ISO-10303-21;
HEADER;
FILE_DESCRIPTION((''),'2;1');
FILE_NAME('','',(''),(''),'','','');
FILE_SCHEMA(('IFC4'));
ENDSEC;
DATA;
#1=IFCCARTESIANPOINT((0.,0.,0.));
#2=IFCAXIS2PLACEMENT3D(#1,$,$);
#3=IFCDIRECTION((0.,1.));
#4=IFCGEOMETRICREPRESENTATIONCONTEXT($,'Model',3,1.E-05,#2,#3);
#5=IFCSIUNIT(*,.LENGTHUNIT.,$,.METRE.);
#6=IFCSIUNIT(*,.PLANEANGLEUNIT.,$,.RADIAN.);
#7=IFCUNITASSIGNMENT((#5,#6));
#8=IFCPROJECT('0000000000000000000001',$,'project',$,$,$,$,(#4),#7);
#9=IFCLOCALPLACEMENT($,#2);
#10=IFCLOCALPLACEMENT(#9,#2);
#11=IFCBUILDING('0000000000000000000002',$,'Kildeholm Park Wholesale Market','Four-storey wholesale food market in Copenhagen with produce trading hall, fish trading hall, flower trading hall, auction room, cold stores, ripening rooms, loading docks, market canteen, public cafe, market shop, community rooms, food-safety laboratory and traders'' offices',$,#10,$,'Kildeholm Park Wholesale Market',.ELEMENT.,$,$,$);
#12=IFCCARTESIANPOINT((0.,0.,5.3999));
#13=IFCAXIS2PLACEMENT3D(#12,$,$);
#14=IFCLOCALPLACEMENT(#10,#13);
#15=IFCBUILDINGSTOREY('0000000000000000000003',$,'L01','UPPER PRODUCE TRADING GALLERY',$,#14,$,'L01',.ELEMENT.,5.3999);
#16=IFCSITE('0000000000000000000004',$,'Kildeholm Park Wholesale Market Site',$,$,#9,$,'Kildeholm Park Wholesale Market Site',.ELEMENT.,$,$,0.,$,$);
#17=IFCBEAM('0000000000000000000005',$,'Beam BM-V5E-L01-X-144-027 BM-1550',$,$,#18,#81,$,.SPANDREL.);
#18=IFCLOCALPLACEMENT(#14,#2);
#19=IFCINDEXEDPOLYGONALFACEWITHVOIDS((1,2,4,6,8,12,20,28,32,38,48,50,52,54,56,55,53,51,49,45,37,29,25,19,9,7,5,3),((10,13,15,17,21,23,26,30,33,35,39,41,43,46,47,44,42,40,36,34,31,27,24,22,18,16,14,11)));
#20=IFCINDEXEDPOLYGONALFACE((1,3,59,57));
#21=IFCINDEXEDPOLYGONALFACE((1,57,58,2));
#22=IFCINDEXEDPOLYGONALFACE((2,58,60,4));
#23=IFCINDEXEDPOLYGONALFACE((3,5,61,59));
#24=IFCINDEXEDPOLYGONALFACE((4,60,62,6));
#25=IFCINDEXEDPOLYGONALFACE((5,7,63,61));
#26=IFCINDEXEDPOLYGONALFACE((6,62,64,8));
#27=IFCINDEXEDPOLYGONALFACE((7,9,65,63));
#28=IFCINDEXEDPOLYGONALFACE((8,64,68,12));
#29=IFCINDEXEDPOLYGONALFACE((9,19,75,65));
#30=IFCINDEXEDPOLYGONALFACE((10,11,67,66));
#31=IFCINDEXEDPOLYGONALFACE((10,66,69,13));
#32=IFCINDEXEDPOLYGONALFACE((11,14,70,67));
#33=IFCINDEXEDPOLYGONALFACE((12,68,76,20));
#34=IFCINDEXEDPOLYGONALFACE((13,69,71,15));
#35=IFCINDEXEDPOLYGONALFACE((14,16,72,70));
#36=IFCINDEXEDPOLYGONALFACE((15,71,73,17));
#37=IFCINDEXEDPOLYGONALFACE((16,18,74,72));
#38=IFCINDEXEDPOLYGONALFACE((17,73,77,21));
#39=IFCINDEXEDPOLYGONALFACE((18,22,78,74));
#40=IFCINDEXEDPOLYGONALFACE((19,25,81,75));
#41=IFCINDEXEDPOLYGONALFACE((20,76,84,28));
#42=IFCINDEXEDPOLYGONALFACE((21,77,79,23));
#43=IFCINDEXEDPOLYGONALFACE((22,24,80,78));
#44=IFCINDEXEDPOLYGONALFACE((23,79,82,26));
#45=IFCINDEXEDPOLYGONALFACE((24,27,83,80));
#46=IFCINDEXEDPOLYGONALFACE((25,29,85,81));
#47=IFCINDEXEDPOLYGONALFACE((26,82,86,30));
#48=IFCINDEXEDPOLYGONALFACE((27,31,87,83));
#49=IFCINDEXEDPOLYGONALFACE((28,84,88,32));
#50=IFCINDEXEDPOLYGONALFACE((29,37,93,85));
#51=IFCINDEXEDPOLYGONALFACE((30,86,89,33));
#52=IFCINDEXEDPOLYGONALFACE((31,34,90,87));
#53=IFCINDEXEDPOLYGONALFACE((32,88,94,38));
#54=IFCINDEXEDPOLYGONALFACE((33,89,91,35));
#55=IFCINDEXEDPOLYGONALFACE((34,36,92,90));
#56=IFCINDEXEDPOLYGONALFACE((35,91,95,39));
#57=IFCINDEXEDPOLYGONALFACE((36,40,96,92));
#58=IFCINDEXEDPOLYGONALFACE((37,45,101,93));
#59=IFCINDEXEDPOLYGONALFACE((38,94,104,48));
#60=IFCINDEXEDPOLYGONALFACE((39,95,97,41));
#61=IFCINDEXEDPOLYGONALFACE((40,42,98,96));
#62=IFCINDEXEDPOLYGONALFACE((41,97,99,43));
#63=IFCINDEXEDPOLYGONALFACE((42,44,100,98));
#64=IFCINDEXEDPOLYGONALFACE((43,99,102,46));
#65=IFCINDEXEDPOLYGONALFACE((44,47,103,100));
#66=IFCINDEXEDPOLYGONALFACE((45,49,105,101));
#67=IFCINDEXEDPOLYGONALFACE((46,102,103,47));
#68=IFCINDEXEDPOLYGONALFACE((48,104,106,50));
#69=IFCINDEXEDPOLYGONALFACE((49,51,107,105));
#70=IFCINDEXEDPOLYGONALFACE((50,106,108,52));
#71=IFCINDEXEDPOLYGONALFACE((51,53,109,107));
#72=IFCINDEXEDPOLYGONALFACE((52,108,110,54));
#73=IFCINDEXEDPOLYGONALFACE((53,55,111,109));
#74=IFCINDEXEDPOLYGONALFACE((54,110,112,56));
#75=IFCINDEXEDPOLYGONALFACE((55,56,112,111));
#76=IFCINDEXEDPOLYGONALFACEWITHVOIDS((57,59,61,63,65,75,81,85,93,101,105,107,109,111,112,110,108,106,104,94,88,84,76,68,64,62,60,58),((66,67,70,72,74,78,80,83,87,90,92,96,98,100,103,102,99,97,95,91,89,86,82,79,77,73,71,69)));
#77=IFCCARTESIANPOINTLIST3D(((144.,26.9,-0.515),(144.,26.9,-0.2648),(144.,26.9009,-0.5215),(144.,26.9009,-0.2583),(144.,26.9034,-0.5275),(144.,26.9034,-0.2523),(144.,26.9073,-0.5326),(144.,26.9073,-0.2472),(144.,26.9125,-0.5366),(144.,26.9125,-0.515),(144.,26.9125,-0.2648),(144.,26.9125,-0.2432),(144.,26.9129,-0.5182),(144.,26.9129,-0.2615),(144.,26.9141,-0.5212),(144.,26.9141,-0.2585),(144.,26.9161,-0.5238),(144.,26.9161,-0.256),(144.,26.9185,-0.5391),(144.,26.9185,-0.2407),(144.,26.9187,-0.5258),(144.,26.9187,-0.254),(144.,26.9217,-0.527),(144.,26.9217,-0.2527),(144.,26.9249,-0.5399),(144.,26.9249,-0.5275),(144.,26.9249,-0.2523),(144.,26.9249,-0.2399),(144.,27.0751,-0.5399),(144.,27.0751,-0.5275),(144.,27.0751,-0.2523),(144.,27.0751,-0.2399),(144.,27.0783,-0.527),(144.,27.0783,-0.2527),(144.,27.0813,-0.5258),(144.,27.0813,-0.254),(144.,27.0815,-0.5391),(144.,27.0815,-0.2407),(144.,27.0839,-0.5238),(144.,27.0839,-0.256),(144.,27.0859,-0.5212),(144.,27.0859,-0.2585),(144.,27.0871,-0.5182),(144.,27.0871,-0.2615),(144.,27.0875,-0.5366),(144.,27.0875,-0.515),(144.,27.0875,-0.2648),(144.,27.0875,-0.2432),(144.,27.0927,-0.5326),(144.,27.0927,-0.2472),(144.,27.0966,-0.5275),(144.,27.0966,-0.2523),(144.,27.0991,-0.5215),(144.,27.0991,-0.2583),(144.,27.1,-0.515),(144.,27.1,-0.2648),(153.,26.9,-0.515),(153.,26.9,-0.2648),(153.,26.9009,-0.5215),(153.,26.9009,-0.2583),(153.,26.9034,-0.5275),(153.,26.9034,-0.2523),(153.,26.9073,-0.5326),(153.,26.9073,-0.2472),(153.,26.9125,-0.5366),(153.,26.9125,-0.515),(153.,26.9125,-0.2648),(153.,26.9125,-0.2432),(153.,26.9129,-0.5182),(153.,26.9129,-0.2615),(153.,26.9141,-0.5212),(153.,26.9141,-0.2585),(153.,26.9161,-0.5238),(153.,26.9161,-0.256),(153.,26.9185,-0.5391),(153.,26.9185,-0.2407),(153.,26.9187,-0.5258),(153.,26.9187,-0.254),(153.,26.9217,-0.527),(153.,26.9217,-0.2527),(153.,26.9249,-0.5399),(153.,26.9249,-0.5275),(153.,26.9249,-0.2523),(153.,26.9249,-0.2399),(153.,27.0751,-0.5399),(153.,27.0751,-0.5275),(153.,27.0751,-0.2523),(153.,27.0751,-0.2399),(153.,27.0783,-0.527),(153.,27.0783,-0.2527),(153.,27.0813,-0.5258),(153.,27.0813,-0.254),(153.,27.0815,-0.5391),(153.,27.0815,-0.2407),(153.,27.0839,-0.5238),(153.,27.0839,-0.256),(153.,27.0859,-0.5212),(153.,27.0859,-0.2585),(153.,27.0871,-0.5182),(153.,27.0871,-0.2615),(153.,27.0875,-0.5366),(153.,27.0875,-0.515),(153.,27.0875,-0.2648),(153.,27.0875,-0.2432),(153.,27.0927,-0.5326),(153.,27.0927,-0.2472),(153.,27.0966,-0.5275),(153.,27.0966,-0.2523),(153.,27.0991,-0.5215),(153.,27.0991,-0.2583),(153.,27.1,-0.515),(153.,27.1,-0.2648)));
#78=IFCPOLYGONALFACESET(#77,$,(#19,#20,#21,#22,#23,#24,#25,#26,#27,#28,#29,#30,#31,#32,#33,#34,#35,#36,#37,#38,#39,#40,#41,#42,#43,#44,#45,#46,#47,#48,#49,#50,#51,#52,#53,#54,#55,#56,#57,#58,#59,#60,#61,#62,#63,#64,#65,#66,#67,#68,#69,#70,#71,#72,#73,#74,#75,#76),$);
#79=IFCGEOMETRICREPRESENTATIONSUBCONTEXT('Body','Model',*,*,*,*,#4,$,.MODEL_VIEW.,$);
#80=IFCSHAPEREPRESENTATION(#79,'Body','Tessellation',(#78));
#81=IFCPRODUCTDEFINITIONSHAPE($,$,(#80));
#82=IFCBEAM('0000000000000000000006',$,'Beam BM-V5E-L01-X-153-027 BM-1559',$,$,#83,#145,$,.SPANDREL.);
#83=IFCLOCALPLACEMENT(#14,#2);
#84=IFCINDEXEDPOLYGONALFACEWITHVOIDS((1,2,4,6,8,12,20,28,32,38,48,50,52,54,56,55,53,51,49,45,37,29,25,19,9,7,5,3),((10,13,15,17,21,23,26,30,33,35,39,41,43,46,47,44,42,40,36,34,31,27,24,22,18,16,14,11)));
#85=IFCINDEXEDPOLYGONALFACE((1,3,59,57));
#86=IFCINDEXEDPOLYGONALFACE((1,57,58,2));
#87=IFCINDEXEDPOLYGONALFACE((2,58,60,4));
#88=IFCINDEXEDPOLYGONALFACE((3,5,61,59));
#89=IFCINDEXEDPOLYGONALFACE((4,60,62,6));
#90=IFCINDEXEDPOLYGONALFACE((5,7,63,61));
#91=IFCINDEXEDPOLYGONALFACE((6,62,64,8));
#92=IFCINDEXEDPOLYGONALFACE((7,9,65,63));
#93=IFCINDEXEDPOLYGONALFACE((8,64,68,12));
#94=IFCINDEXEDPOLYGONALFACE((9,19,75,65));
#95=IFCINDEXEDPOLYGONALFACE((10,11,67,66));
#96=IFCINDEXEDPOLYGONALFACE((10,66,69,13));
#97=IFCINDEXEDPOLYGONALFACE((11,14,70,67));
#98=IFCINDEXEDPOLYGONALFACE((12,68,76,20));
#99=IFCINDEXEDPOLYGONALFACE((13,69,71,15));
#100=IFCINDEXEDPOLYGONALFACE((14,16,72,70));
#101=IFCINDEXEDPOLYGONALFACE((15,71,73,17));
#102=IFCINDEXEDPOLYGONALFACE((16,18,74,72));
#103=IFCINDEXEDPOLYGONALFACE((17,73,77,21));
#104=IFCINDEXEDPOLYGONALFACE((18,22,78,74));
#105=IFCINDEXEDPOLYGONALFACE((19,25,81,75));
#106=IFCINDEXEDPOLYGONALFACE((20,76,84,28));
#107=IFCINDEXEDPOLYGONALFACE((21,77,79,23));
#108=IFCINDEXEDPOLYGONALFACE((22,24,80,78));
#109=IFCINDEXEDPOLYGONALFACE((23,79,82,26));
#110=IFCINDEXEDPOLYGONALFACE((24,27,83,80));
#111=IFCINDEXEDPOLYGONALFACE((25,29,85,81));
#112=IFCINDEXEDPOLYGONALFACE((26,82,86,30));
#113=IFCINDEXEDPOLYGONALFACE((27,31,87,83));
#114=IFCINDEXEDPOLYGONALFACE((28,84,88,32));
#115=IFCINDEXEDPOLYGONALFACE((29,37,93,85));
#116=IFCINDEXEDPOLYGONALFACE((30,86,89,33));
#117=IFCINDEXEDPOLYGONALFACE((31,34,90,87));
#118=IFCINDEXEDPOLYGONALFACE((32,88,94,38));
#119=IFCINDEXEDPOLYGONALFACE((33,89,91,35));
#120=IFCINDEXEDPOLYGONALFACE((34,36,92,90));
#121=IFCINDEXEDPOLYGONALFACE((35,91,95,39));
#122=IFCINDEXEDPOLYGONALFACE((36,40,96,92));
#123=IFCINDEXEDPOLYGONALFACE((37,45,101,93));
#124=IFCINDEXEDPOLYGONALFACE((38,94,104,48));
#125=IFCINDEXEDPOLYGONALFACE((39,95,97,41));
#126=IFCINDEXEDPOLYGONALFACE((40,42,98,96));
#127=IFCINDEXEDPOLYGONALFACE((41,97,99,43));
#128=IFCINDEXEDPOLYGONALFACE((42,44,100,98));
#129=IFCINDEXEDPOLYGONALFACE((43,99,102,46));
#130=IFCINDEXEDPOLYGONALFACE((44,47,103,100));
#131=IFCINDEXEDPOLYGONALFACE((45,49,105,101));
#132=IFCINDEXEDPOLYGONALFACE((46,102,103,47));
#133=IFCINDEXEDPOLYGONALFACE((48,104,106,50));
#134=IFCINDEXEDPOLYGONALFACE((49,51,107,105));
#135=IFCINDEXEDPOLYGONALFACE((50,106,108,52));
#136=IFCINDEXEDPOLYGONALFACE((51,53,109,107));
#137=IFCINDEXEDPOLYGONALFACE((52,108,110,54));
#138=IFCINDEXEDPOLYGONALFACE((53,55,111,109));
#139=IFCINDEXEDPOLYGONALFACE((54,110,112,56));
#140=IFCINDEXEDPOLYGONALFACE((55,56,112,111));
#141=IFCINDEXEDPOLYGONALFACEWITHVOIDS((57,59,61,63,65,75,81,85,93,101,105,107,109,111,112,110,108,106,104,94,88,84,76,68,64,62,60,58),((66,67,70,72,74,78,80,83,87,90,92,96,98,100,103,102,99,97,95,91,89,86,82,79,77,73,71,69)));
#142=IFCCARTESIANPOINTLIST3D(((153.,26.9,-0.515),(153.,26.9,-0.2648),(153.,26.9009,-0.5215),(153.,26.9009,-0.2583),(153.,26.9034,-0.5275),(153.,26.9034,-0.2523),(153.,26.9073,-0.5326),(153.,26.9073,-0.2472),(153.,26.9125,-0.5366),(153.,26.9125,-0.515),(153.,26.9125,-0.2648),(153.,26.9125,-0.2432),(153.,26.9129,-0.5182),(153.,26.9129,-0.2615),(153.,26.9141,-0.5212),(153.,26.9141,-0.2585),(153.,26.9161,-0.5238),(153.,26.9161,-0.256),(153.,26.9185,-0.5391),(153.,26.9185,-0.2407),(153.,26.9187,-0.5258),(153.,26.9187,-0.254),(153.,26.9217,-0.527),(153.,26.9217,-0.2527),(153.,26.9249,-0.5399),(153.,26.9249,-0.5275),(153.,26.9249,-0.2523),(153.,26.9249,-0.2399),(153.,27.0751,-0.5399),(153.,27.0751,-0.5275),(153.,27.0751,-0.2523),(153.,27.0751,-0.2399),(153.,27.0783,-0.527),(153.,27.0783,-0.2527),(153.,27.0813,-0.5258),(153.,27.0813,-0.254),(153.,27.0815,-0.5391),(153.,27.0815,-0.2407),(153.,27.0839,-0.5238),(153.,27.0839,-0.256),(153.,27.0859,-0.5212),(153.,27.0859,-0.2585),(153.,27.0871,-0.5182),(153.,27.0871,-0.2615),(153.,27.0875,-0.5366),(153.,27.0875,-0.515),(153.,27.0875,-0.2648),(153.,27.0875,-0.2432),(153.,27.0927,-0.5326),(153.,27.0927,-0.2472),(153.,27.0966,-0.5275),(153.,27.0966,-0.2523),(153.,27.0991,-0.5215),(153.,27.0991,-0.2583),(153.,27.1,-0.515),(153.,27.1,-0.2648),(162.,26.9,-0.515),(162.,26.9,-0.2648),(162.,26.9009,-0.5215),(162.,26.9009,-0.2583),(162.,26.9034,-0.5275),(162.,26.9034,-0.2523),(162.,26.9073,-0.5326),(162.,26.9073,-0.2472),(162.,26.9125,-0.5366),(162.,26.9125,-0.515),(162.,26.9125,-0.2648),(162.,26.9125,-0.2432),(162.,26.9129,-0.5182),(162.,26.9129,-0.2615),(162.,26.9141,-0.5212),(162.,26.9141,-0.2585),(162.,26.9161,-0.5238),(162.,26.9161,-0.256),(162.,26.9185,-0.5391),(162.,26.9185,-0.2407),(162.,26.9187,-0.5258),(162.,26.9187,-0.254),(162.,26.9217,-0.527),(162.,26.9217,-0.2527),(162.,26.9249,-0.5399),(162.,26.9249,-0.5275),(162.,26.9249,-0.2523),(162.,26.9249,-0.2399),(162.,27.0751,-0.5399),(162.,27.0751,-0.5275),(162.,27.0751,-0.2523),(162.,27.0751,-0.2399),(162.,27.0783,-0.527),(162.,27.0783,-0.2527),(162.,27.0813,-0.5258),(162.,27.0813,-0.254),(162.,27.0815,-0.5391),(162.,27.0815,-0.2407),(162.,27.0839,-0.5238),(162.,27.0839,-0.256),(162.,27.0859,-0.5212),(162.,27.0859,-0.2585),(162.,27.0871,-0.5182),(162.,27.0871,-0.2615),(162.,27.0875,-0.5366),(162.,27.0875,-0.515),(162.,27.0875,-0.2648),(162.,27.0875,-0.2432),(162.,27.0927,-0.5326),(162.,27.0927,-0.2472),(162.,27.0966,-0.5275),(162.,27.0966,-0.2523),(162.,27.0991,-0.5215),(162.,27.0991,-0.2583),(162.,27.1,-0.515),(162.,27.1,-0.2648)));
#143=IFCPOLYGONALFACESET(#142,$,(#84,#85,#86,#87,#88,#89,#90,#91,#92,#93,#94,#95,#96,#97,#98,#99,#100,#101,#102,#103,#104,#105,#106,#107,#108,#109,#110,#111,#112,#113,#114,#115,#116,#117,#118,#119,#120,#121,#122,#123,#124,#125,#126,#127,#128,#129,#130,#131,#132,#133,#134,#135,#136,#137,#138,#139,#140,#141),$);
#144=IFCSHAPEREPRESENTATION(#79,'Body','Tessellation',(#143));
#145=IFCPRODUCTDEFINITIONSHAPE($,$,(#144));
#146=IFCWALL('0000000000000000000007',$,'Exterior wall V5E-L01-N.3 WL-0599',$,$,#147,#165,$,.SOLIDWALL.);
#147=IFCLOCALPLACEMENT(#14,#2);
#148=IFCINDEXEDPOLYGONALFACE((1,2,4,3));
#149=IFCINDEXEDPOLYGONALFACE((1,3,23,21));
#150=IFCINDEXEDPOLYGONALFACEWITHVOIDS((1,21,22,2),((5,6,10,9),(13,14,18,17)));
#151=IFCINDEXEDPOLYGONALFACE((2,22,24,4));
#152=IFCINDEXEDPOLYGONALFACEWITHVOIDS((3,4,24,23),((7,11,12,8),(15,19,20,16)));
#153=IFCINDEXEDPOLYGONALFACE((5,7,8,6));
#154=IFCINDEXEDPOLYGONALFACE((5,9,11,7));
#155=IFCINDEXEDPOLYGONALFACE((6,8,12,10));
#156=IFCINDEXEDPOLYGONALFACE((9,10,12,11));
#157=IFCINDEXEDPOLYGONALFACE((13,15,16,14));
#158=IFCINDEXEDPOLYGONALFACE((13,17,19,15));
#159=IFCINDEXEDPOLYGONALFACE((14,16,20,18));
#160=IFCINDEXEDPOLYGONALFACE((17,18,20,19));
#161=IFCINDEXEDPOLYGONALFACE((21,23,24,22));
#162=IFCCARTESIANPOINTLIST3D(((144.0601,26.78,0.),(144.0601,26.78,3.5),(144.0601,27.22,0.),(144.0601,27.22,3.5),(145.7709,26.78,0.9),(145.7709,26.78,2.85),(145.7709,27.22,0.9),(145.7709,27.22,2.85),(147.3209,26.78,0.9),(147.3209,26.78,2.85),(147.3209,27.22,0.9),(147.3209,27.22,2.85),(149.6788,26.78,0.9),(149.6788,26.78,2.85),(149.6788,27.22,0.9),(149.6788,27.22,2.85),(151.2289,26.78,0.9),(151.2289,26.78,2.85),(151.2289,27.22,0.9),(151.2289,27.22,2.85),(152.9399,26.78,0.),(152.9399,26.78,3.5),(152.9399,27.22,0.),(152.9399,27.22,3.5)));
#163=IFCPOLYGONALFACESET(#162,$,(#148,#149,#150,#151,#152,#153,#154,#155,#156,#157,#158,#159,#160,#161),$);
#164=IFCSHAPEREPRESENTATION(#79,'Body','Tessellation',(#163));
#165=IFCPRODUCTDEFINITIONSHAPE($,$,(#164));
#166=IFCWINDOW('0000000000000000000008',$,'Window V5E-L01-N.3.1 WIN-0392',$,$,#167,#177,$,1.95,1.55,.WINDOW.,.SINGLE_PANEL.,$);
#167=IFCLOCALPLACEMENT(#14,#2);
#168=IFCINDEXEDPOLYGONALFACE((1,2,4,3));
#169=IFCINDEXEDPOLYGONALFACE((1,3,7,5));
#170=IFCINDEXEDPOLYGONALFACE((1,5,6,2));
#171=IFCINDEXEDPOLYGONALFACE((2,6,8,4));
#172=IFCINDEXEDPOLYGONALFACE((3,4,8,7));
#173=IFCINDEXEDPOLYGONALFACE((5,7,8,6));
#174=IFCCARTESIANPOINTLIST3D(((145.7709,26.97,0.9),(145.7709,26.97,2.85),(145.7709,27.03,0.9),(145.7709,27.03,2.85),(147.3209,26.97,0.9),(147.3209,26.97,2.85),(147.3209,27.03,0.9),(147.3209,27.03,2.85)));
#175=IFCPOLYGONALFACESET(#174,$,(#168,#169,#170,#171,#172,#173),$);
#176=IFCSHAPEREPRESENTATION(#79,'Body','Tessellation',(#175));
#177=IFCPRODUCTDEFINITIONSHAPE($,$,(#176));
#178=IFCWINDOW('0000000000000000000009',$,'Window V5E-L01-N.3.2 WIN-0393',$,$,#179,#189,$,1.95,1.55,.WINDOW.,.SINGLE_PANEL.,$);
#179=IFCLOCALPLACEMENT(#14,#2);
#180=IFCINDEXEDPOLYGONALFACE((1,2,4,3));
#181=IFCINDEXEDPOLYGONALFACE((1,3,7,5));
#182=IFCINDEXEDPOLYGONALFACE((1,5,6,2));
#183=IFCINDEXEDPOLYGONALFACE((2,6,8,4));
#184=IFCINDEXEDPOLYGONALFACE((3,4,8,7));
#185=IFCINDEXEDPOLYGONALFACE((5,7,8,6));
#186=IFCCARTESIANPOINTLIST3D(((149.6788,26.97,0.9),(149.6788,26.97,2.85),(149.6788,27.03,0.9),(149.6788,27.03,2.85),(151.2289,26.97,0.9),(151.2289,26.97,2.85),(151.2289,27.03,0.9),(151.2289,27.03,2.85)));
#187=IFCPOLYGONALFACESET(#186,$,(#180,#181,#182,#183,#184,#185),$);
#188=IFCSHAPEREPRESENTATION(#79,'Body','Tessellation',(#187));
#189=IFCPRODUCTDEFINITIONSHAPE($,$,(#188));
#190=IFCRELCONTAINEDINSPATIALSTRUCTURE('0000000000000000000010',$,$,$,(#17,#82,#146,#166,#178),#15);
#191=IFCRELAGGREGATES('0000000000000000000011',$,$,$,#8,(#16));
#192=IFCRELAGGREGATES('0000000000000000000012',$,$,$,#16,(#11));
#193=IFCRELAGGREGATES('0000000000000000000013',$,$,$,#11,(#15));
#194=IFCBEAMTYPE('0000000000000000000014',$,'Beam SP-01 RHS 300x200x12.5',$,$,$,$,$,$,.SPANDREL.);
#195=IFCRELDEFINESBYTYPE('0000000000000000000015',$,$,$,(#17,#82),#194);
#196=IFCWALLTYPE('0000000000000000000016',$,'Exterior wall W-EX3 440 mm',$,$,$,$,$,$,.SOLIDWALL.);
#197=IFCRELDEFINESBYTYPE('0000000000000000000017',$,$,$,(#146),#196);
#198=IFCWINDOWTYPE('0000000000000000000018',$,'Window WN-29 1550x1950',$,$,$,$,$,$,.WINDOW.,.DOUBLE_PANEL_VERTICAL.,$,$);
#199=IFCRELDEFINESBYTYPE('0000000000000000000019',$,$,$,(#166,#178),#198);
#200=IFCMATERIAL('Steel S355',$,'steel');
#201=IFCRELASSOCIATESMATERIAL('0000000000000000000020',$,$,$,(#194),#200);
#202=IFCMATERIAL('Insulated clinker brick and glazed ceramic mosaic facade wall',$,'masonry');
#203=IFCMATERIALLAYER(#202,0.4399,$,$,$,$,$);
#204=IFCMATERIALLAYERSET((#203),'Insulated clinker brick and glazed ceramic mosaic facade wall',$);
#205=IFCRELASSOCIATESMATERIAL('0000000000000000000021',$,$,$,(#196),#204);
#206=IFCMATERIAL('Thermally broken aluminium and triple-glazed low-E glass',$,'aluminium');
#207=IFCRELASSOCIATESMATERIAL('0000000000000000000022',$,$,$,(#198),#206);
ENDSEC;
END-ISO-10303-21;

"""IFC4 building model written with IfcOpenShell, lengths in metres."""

from ifc_helpers import new_model, si_unit, direction, frame, frame_2d, origin, origin_2d, place, context, subcontext, project, spatial, rectangle, hollow_rectangle, extrude, material, layer, layer_set, material_profile, profile_set, type_object, element, fill, save


model = new_model("IFC4")

# Units and contexts
model_context = context("Model", 3, precision=1e-05, world=origin(), true_north=direction((0.0, 1.0)))
body_context = subcontext(model_context, "Body", "Model", "MODEL_VIEW")
ifc_project = project(units=[si_unit("LENGTHUNIT", "METRE"), si_unit("PLANEANGLEUNIT", "RADIAN")], contexts=[model_context])

# Site, building, storey
site_placement = place(None, origin())
site = spatial("IfcSite", under=ifc_project, at=site_placement, Name="Kildeholm Park Wholesale Market Site", LongName="Kildeholm Park Wholesale Market Site", CompositionType="ELEMENT", RefElevation=0.0)
building_placement = place(site_placement, origin())
building = spatial("IfcBuilding", under=site, at=building_placement, Name="Kildeholm Park Wholesale Market", Description="Four-storey wholesale food market in Copenhagen with produce trading hall, fish trading hall, flower trading hall, auction room, cold stores, ripening rooms, loading docks, market canteen, public cafe, market shop, community rooms, food-safety laboratory and traders' offices", LongName="Kildeholm Park Wholesale Market", CompositionType="ELEMENT")
storey_placement = place(building_placement, frame((0.0, 0.0, 5.3999)))
storey = spatial("IfcBuildingStorey", under=building, at=storey_placement, Name="L01", Description="UPPER PRODUCE TRADING GALLERY", LongName="L01", CompositionType="ELEMENT", Elevation=5.3999)

# Shared definitions
ifc_material_1 = material(Name="Steel S355", Category="steel")

# Beams
ifc_material_profile_1 = material_profile(ifc_material_1, hollow_rectangle(XDim=0.2, YDim=0.3, WallThickness=0.0125, InnerFilletRadius=0.0125, OuterFilletRadius=0.0249, at=origin_2d()), Name="RHS 300x200x12.5")
ifc_profile_set_1 = profile_set([ifc_material_profile_1], Name="Steel S355")
beam_type_1 = type_object("IfcBeamType", Name="Beam SP-01 RHS 300x200x12.5", PredefinedType="SPANDREL", material=ifc_profile_set_1)
for number, where, z_axis, x_axis, name in (
    (1, (144.0, 27.0, -0.3899), (1.0, 0.0, 0.0), (0.0, 1.0, 0.0), "Beam BM-V5E-L01-X-144-027 BM-1550"),
    (2, (153.0, 27.0, -0.3899), (1.0, 0.0, 0.0), (0.0, 1.0, 0.0), "Beam BM-V5E-L01-X-153-027 BM-1559"),
):
    element("IfcBeam", number, at=place(storey_placement, frame(where, z_axis=z_axis, x_axis=x_axis)), inside=storey, type_object=beam_type_1, Name=name, PredefinedType="SPANDREL", context=body_context, shape_type="SweptSolid", body=[
        extrude(hollow_rectangle(XDim=0.2, YDim=0.3, WallThickness=0.0125, InnerFilletRadius=0.0125, OuterFilletRadius=0.0249, at=origin_2d()), origin(), (0.0, 0.0, 1.0), 9.0),
    ])

# Wall, openings, windows
ifc_material_2 = material(Name="Insulated clinker brick and glazed ceramic mosaic facade wall", Category="masonry")
ifc_layer = layer(ifc_material_2, 0.4399)
ifc_layer_set = layer_set([ifc_layer], Name="Insulated clinker brick and glazed ceramic mosaic facade wall")
wall_type = type_object("IfcWallType", Name="Exterior wall W-EX3 440 mm", PredefinedType="SOLIDWALL", material=ifc_layer_set)
wall_1_placement = place(storey_placement, frame((144.0601, 27.0, 0.0), z_axis=(0.0, 0.0, 1.0), x_axis=(1.0, 0.0, 0.0)))
wall_1 = element("IfcWall", 3, at=wall_1_placement, inside=storey, type_object=wall_type, Name="Exterior wall V5E-L01-N.3 WL-0599", PredefinedType="SOLIDWALL", context=body_context, shape_type="SweptSolid", body=[
    extrude(rectangle(XDim=8.8799, YDim=0.4399, at=frame_2d((4.4399, 0.0))), origin(), (0.0, 0.0, 1.0), 3.5),
])
opening_1_placement = place(wall_1_placement, frame((1.7109, 0.0, 0.8999)))
opening_1 = element("IfcOpeningElement", 4, at=opening_1_placement, cuts=wall_1, PredefinedType="OPENING", context=body_context, shape_type="SweptSolid", body=[
    extrude(rectangle(XDim=1.55, YDim=1.95, at=frame_2d((0.7749, 0.9751))), frame((0.0, 0.23, 0.0), z_axis=(0.0, -1.0, 0.0), x_axis=(1.0, 0.0, 0.0)), (0.0, 0.0, 1.0), 0.46),
])
opening_2_placement = place(wall_1_placement, frame((5.6189, 0.0, 0.8999)))
opening_2 = element("IfcOpeningElement", 5, at=opening_2_placement, cuts=wall_1, PredefinedType="OPENING", context=body_context, shape_type="SweptSolid", body=[
    extrude(rectangle(XDim=1.55, YDim=1.95, at=frame_2d((0.7749, 0.9751))), frame((0.0, 0.23, 0.0), z_axis=(0.0, -1.0, 0.0), x_axis=(1.0, 0.0, 0.0)), (0.0, 0.0, 1.0), 0.46),
])
ifc_material_3 = material(Name="Thermally broken aluminium and triple-glazed low-E glass", Category="aluminium")
window_type_1 = type_object("IfcWindowType", Name="Window WN-29 1550x1950", PartitioningType="DOUBLE_PANEL_VERTICAL", PredefinedType="WINDOW", material=ifc_material_3)
window_1_placement = place(opening_1_placement, origin())
window_1 = element("IfcWindow", 6, at=window_1_placement, inside=storey, type_object=window_type_1, Name="Window V5E-L01-N.3.1 WIN-0392", OverallHeight=1.95, OverallWidth=1.55, PartitioningType="SINGLE_PANEL", PredefinedType="WINDOW", context=body_context, shape_type="SweptSolid", body=[
    extrude(rectangle(XDim=1.55, YDim=1.95, at=frame_2d((0.7749, 0.9751))), frame((0.0, 0.03, 0.0), z_axis=(0.0, -1.0, 0.0), x_axis=(1.0, 0.0, 0.0)), (0.0, 0.0, 1.0), 0.0601),
])
fill(opening_1, window_1)
window_2_placement = place(opening_2_placement, origin())
window_2 = element("IfcWindow", 7, at=window_2_placement, inside=storey, type_object=window_type_1, Name="Window V5E-L01-N.3.2 WIN-0393", OverallHeight=1.95, OverallWidth=1.55, PartitioningType="SINGLE_PANEL", PredefinedType="WINDOW", context=body_context, shape_type="SweptSolid", body=[
    extrude(rectangle(XDim=1.55, YDim=1.95, at=frame_2d((0.7749, 0.9751))), frame((0.0, 0.03, 0.0), z_axis=(0.0, -1.0, 0.0), x_axis=(1.0, 0.0, 0.0)), (0.0, 0.0, 1.0), 0.0601),
])
fill(opening_2, window_2)

save(model, "model.ifc")
